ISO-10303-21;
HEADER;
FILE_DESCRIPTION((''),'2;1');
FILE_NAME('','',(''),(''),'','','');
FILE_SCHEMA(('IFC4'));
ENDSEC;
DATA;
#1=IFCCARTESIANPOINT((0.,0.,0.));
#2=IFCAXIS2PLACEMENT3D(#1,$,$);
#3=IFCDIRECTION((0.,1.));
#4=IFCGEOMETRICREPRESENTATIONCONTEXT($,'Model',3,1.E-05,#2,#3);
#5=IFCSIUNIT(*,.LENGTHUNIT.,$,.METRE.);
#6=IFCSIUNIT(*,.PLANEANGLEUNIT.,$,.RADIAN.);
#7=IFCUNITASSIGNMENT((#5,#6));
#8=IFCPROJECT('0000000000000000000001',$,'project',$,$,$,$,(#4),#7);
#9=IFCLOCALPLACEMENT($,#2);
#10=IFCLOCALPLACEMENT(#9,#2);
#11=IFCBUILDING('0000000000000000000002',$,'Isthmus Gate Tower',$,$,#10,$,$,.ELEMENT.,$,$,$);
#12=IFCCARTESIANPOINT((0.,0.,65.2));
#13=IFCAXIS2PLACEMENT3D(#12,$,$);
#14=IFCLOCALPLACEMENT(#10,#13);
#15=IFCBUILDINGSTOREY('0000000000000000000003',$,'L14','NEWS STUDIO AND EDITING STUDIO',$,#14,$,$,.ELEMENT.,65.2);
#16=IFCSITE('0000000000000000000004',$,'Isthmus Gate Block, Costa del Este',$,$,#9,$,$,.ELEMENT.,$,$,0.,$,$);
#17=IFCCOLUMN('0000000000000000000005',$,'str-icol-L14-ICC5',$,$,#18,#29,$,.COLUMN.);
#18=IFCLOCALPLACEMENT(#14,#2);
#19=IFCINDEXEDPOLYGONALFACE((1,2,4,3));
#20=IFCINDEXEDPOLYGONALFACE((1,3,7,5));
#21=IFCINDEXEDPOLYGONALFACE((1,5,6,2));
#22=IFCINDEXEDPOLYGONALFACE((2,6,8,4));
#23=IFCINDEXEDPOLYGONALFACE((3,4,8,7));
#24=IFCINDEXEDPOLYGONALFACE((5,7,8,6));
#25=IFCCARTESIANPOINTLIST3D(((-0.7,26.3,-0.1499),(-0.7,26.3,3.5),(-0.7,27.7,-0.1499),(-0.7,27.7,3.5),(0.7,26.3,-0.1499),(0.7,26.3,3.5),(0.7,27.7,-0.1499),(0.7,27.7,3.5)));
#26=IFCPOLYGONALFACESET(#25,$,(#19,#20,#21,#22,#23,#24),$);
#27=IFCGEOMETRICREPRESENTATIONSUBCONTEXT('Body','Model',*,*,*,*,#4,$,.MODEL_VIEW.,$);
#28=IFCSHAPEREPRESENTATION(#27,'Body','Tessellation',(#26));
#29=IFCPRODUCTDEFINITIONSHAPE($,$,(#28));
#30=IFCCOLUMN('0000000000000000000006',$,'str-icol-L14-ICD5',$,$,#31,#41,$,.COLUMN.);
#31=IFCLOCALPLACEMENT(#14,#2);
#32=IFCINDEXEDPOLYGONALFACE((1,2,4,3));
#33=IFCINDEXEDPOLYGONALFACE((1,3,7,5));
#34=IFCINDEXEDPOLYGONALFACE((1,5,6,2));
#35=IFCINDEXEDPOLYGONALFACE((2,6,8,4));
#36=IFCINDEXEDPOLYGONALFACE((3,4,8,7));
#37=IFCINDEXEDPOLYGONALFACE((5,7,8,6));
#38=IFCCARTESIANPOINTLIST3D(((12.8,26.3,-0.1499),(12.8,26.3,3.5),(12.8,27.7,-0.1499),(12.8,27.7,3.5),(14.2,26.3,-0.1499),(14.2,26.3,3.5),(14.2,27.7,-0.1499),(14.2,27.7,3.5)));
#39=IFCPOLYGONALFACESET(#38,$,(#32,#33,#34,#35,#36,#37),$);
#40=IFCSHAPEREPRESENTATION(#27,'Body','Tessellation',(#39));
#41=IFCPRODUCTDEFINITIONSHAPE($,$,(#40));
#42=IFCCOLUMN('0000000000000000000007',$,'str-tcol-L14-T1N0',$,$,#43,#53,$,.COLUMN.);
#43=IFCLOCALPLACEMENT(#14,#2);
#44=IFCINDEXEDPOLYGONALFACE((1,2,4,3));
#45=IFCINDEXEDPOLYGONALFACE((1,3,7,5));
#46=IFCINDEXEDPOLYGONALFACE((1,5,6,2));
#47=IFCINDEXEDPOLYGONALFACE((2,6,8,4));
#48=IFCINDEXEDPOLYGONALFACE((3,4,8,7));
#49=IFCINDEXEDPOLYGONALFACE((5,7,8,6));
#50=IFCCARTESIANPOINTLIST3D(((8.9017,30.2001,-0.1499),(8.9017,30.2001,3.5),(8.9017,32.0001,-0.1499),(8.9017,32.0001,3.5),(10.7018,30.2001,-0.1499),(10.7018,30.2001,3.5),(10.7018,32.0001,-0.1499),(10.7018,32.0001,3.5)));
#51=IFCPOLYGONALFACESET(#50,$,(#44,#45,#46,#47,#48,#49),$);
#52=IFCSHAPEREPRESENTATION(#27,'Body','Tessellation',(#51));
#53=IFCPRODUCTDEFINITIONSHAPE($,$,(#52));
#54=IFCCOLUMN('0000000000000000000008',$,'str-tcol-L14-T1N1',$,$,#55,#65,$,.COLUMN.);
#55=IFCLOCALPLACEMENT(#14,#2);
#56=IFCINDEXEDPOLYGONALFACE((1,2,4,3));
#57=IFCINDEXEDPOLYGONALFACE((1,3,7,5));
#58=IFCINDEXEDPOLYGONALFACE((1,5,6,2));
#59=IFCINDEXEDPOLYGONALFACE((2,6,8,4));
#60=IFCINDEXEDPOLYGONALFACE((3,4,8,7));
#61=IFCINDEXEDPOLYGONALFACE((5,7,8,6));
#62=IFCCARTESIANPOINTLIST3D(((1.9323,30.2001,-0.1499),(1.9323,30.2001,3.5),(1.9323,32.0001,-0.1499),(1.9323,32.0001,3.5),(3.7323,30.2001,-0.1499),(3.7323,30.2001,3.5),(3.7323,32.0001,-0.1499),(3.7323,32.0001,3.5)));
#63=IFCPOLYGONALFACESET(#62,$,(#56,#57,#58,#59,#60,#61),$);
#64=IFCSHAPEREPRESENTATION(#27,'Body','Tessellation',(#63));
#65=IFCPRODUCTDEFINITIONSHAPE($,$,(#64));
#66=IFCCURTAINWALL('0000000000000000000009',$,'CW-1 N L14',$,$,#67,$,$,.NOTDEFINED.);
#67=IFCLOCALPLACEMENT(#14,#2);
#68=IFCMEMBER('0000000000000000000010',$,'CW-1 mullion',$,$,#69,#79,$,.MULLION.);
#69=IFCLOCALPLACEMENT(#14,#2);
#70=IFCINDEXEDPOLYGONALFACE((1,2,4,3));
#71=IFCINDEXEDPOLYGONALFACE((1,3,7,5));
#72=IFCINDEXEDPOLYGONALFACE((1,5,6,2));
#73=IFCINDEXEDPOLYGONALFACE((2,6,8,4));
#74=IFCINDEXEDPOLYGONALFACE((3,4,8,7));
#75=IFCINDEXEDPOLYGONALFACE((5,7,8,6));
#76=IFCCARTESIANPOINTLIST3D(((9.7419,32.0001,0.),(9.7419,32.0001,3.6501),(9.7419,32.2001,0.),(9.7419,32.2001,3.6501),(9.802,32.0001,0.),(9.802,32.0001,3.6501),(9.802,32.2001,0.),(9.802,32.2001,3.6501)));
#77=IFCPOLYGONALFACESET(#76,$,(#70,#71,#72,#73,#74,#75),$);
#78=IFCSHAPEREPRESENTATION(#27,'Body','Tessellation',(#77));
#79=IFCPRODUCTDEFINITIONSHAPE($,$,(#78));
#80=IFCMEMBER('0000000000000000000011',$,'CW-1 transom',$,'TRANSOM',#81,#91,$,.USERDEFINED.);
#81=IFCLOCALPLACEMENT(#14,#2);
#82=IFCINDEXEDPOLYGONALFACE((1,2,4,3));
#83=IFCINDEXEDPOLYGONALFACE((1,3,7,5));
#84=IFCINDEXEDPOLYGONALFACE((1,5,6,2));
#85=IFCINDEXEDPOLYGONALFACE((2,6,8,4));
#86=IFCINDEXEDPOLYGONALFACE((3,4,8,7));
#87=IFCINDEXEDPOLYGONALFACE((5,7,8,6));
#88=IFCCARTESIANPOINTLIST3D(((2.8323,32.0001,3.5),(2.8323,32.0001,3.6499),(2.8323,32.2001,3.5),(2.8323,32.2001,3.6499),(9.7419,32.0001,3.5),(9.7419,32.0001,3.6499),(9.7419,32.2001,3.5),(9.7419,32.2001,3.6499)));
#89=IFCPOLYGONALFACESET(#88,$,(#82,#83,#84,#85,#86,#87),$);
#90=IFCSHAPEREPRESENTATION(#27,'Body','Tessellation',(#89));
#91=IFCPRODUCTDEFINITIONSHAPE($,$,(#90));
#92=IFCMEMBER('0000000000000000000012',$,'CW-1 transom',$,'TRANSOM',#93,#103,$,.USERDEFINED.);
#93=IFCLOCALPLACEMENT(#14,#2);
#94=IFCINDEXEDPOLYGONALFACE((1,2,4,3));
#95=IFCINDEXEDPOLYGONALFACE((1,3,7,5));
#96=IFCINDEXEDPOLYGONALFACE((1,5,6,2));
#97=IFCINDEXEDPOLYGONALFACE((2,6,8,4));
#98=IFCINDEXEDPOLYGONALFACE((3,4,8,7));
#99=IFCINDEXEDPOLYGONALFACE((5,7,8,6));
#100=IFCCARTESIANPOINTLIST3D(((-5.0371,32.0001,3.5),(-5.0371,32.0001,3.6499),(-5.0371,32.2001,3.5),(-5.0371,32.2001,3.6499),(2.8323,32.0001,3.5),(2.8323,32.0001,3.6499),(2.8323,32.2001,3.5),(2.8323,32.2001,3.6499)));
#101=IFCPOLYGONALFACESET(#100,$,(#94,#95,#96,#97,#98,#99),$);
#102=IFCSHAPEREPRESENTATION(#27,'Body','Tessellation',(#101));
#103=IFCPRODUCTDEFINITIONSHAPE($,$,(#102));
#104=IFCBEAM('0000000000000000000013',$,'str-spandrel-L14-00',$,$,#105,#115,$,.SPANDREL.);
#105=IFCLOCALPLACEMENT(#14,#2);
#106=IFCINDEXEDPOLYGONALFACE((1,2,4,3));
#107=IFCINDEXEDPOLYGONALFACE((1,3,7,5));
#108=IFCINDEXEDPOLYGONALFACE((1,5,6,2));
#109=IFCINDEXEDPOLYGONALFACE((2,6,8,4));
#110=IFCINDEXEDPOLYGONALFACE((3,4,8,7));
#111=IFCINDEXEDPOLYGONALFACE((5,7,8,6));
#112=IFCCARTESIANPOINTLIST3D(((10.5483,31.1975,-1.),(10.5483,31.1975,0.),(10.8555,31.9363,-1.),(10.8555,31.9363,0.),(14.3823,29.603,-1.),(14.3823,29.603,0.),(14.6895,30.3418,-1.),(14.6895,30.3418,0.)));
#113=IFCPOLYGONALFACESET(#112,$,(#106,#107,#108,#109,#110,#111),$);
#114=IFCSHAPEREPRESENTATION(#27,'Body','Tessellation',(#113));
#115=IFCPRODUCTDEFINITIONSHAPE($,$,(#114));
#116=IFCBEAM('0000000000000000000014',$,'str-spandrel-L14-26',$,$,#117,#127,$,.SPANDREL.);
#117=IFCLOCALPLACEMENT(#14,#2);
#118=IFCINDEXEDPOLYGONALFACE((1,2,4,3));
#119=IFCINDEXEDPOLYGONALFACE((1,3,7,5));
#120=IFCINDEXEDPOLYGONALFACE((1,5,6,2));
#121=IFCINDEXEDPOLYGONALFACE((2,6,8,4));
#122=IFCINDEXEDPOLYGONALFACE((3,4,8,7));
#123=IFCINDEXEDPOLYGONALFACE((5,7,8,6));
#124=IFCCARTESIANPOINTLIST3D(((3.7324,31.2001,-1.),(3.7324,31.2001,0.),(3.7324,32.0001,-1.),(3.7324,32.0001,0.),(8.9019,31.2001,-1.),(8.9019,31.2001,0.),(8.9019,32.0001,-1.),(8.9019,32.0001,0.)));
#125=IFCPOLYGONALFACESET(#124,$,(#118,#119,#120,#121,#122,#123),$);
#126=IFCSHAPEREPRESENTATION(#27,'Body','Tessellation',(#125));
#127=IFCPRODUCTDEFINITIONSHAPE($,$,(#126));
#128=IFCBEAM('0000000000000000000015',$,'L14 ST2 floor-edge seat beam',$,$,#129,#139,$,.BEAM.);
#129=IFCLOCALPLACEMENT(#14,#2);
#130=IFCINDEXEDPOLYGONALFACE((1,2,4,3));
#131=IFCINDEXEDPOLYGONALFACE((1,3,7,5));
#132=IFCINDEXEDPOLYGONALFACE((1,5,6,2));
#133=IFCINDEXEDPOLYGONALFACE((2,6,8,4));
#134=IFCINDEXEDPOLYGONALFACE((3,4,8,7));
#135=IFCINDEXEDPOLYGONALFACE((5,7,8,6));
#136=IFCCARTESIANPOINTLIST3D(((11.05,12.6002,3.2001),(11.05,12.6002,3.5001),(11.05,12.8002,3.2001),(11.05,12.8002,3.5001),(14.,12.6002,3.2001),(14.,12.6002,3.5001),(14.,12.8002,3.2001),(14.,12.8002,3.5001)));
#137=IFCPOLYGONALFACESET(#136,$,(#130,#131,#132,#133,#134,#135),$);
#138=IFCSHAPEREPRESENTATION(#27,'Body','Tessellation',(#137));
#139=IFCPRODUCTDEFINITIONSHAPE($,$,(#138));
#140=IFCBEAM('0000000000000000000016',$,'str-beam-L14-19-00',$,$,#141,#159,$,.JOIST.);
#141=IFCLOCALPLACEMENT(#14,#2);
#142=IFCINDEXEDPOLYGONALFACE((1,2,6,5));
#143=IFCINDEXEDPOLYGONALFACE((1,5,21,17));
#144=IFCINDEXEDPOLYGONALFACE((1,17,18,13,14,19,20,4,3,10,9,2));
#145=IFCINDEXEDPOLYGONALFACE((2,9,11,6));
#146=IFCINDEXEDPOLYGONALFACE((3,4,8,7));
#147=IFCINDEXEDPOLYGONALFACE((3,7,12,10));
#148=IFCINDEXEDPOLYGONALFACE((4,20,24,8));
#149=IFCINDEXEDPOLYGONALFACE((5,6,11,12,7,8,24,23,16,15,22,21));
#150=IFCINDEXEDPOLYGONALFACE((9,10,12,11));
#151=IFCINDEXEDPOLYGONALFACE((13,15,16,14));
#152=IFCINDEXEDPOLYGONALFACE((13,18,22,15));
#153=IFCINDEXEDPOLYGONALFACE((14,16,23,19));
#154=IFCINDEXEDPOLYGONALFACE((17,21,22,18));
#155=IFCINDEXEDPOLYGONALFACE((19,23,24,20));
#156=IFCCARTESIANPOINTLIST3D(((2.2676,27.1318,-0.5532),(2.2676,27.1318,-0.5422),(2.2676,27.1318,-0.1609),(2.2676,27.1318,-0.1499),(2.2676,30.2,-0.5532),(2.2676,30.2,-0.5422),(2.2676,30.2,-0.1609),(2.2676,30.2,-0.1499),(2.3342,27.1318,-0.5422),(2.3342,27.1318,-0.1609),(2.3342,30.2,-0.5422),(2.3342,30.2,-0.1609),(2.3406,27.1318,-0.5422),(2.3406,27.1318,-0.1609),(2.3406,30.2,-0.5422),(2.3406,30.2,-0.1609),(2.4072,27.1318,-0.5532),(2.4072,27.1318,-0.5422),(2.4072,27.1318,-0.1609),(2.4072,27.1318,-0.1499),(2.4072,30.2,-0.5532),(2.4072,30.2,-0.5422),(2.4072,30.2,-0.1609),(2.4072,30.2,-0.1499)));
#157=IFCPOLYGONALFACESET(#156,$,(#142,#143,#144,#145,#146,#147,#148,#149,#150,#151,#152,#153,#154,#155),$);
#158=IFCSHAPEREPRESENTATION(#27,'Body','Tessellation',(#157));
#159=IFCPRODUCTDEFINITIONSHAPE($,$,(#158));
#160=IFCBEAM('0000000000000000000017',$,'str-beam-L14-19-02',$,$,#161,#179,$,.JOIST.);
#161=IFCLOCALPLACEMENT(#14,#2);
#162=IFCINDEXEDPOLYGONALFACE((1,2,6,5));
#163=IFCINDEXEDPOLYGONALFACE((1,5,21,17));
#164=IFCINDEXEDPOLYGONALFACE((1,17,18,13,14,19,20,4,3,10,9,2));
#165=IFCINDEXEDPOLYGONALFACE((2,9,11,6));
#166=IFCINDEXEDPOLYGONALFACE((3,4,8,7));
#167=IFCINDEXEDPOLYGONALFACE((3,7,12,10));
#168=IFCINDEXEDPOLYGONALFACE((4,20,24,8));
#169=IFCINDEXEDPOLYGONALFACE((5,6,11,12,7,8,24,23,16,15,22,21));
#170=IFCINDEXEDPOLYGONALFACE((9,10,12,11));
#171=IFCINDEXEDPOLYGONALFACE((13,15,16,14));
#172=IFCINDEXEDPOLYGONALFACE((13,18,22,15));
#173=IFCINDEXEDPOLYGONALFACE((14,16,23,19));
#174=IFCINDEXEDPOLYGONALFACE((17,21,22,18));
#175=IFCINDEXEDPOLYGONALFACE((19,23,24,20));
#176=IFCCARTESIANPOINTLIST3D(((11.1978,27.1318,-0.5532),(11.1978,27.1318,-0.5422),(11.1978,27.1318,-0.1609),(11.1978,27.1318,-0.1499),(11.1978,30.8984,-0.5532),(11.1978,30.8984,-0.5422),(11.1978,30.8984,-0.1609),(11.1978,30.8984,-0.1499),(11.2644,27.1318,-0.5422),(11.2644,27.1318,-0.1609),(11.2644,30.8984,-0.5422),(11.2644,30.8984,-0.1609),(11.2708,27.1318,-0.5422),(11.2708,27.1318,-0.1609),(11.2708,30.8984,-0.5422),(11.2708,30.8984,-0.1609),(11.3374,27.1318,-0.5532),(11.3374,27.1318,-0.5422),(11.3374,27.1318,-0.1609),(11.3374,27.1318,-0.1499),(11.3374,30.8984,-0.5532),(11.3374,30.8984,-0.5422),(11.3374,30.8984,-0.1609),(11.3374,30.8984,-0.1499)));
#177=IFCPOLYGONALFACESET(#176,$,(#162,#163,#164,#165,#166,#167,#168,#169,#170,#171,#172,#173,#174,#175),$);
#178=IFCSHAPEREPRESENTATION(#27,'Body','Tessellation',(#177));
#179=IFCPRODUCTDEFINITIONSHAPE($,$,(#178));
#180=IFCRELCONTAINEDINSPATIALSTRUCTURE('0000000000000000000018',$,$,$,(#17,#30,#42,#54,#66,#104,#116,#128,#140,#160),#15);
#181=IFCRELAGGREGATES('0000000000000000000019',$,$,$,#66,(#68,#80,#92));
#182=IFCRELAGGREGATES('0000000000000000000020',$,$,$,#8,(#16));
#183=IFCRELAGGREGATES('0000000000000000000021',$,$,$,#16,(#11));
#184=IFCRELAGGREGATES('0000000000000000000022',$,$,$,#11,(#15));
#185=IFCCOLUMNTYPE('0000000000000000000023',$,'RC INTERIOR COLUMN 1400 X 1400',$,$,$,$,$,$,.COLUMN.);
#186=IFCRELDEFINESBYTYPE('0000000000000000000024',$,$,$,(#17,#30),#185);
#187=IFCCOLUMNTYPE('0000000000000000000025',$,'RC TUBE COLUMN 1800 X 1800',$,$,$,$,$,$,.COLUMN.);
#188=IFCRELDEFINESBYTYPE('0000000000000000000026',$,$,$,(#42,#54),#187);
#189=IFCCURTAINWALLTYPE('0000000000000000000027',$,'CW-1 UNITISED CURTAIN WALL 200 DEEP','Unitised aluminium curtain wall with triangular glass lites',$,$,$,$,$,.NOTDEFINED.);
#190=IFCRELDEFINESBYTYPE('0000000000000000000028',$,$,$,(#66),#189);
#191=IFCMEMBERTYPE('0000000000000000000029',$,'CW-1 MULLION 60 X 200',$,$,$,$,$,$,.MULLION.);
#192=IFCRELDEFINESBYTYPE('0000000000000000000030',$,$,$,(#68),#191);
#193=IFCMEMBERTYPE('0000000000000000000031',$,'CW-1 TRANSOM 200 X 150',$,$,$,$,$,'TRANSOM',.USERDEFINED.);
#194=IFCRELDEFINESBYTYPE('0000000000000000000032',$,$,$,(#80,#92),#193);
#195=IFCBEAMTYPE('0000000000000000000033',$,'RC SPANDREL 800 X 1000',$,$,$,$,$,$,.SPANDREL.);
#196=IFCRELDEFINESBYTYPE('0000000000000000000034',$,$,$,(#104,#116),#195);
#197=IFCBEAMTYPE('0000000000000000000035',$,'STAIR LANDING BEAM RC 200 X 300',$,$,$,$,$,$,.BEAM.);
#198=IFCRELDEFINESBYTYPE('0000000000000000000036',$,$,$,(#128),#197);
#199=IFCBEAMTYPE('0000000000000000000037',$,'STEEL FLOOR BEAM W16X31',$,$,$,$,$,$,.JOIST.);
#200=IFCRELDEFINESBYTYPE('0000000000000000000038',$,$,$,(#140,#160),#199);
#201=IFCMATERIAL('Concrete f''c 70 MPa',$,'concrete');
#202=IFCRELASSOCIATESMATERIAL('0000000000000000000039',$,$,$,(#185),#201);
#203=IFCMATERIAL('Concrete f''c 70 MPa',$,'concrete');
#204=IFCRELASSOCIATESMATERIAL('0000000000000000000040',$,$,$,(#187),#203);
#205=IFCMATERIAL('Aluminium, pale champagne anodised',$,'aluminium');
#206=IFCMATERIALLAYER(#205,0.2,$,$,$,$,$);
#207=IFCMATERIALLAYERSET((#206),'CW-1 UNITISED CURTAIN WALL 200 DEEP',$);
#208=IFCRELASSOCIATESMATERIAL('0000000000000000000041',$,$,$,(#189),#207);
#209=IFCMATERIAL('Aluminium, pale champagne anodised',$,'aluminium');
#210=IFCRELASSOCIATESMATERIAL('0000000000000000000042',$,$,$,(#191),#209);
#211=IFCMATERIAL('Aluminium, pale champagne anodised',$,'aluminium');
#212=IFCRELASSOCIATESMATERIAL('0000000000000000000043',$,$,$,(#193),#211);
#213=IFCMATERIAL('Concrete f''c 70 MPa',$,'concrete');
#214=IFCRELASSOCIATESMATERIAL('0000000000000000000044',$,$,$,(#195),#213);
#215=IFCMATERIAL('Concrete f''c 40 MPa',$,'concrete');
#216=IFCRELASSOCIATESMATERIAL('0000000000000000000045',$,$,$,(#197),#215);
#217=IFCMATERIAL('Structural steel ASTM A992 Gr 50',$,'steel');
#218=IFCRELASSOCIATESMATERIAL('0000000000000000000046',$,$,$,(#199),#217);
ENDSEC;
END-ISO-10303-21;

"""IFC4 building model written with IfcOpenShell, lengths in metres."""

from ifc_helpers import new_model, si_unit, direction, frame, origin, origin_2d, place, context, subcontext, project, spatial, rectangle, i_section, extrude, material, layer, layer_set, material_profile, profile_set, type_object, element, aggregate, save


model = new_model("IFC4")

# Units and contexts
model_context = context("Model", 3, precision=1e-05, world=origin(), true_north=direction((0.0, 1.0)))
body_context = subcontext(model_context, "Body", "Model", "MODEL_VIEW")
ifc_project = project(units=[si_unit("LENGTHUNIT", "METRE"), si_unit("PLANEANGLEUNIT", "RADIAN")], contexts=[model_context])

# Site, building, storey
site_placement = place(None, origin())
site = spatial("IfcSite", under=ifc_project, at=site_placement, Name="Isthmus Gate Block, Costa del Este", CompositionType="ELEMENT", RefElevation=0.0)
building_placement = place(site_placement, origin())
building = spatial("IfcBuilding", under=site, at=building_placement, Name="Isthmus Gate Tower", CompositionType="ELEMENT")
storey_placement = place(building_placement, frame((0.0, 0.0, 65.2)))
storey = spatial("IfcBuildingStorey", under=building, at=storey_placement, Name="L14", Description="NEWS STUDIO AND EDITING STUDIO", CompositionType="ELEMENT", Elevation=65.2)

# Columns
ifc_material_1 = material(Name="Concrete f'c 70 MPa", Category="concrete")
ifc_material_profile_1 = material_profile(ifc_material_1, rectangle(XDim=1.3999, YDim=1.3999, at=origin_2d()), Name="RC 1400X1400")
ifc_profile_set_1 = profile_set([ifc_material_profile_1], Name="Concrete f'c 70 MPa")
column_type_1 = type_object("IfcColumnType", Name="RC INTERIOR COLUMN 1400 X 1400", PredefinedType="COLUMN", material=ifc_profile_set_1)
for number, where, z_axis, x_axis, name in (
    (1, (0.0, 27.0, -0.1499), (0.0, 0.0, 1.0), (1.0, 0.0, 0.0), "str-icol-L14-ICC5"),
    (2, (13.5, 27.0, -0.1499), (0.0, 0.0, 1.0), (1.0, 0.0, 0.0), "str-icol-L14-ICD5"),
):
    element("IfcColumn", number, at=place(storey_placement, frame(where, z_axis=z_axis, x_axis=x_axis)), inside=storey, type_object=column_type_1, Name=name, PredefinedType="COLUMN", context=body_context, shape_type="SweptSolid", body=[
        extrude(rectangle(XDim=1.3999, YDim=1.3999, at=origin_2d()), origin(), (0.0, 0.0, 1.0), 3.6499),
    ])
ifc_material_2 = material(Name="Concrete f'c 70 MPa", Category="concrete")
ifc_material_profile_2 = material_profile(ifc_material_2, rectangle(XDim=1.8, YDim=1.8, at=origin_2d()), Name="RC 1800X1800")
ifc_profile_set_2 = profile_set([ifc_material_profile_2], Name="Concrete f'c 70 MPa")
column_type_2 = type_object("IfcColumnType", Name="RC TUBE COLUMN 1800 X 1800", PredefinedType="COLUMN", material=ifc_profile_set_2)
for number, where, z_axis, x_axis, name in (
    (3, (9.8018, 31.1001, -0.1499), (0.0, 0.0, 1.0), (-1.0, 0.0, 0.0), "str-tcol-L14-T1N0"),
    (4, (2.8323, 31.1001, -0.1499), (0.0, 0.0, 1.0), (-1.0, 0.0, 0.0), "str-tcol-L14-T1N1"),
):
    element("IfcColumn", number, at=place(storey_placement, frame(where, z_axis=z_axis, x_axis=x_axis)), inside=storey, type_object=column_type_2, Name=name, PredefinedType="COLUMN", context=body_context, shape_type="SweptSolid", body=[
        extrude(rectangle(XDim=1.8, YDim=1.8, at=origin_2d()), origin(), (0.0, 0.0, 1.0), 3.6499),
    ])

# Curtain wall, members
ifc_material_3 = material(Name="Aluminium, pale champagne anodised", Category="aluminium")
ifc_layer_1 = layer(ifc_material_3, 0.2)
ifc_layer_set_1 = layer_set([ifc_layer_1], Name="CW-1 UNITISED CURTAIN WALL 200 DEEP")
curtain_wall_type = type_object("IfcCurtainWallType", Name="CW-1 UNITISED CURTAIN WALL 200 DEEP", Description="Unitised aluminium curtain wall with triangular glass lites", PredefinedType="NOTDEFINED", material=ifc_layer_set_1)
curtain_wall_1_placement = place(storey_placement, origin())
curtain_wall_1 = element("IfcCurtainWall", 5, at=curtain_wall_1_placement, inside=storey, type_object=curtain_wall_type, Name="CW-1 N L14", PredefinedType="NOTDEFINED")
ifc_material_4 = material(Name="Aluminium, pale champagne anodised", Category="aluminium")
ifc_material_profile_3 = material_profile(ifc_material_4, rectangle(XDim=0.0601, YDim=0.2, at=origin_2d()), Name="60x200")
ifc_profile_set_3 = profile_set([ifc_material_profile_3], Name="Aluminium, pale champagne anodised")
member_type_1 = type_object("IfcMemberType", Name="CW-1 MULLION 60 X 200", PredefinedType="MULLION", material=ifc_profile_set_3)
member_1_placement = place(storey_placement, frame((9.772, 32.1001, 0.0), z_axis=(0.0, 0.0, 1.0), x_axis=(-1.0, 0.0, 0.0)))
member_1 = element("IfcMember", 6, at=member_1_placement, type_object=member_type_1, Name="CW-1 mullion", PredefinedType="MULLION", context=body_context, shape_type="SweptSolid", body=[
    extrude(rectangle(XDim=0.0601, YDim=0.2, at=origin_2d()), origin(), (0.0, 0.0, 1.0), 3.6501),
])
ifc_material_5 = material(Name="Aluminium, pale champagne anodised", Category="aluminium")
ifc_material_profile_4 = material_profile(ifc_material_5, rectangle(XDim=0.2, YDim=0.1499, at=origin_2d()), Name="200x150")
ifc_profile_set_4 = profile_set([ifc_material_profile_4], Name="Aluminium, pale champagne anodised")
member_type_2 = type_object("IfcMemberType", Name="CW-1 TRANSOM 200 X 150", ElementType="TRANSOM", PredefinedType="USERDEFINED", material=ifc_profile_set_4)
member_2_placement = place(storey_placement, frame((9.7419, 32.1001, 3.575), z_axis=(-1.0, 0.0, 0.0), x_axis=(0.0, -1.0, 0.0)))
member_2 = element("IfcMember", 7, at=member_2_placement, type_object=member_type_2, Name="CW-1 transom", ObjectType="TRANSOM", PredefinedType="USERDEFINED", context=body_context, shape_type="SweptSolid", body=[
    extrude(rectangle(XDim=0.2, YDim=0.1499, at=origin_2d()), origin(), (0.0, 0.0, 1.0), 6.9097),
])
member_3_placement = place(storey_placement, frame((2.8323, 32.1001, 3.575), z_axis=(-1.0, 0.0, 0.0), x_axis=(0.0, -1.0, 0.0)))
member_3 = element("IfcMember", 8, at=member_3_placement, type_object=member_type_2, Name="CW-1 transom", ObjectType="TRANSOM", PredefinedType="USERDEFINED", context=body_context, shape_type="SweptSolid", body=[
    extrude(rectangle(XDim=0.2, YDim=0.1499, at=origin_2d()), origin(), (0.0, 0.0, 1.0), 7.8694),
])

# Beams
ifc_material_6 = material(Name="Concrete f'c 70 MPa", Category="concrete")
ifc_material_profile_5 = material_profile(ifc_material_6, rectangle(XDim=0.8, YDim=1.0, at=origin_2d()), Name="RC 800X1000")
ifc_profile_set_5 = profile_set([ifc_material_profile_5], Name="Concrete f'c 70 MPa")
beam_type_1 = type_object("IfcBeamType", Name="RC SPANDREL 800 X 1000", PredefinedType="SPANDREL", material=ifc_profile_set_5)
beam_1_placement = place(storey_placement, frame((10.7019, 31.5669, -0.5), z_axis=(0.923334, -0.383997, 0.0), x_axis=(0.383997, 0.923334, 0.0)))
element("IfcBeam", 9, at=beam_1_placement, inside=storey, type_object=beam_type_1, Name="str-spandrel-L14-00", PredefinedType="SPANDREL", context=body_context, shape_type="SweptSolid", body=[
    extrude(rectangle(XDim=0.8, YDim=1.0, at=origin_2d()), origin(), (0.0, 0.0, 1.0), 4.1523),
])
beam_2_placement = place(storey_placement, frame((3.7324, 31.6001, -0.5), z_axis=(1.0, 0.0, 0.0), x_axis=(0.0, 1.0, 0.0)))
element("IfcBeam", 10, at=beam_2_placement, inside=storey, type_object=beam_type_1, Name="str-spandrel-L14-26", PredefinedType="SPANDREL", context=body_context, shape_type="SweptSolid", body=[
    extrude(rectangle(XDim=0.8, YDim=1.0, at=origin_2d()), origin(), (0.0, 0.0, 1.0), 5.1694),
])
ifc_material_7 = material(Name="Concrete f'c 40 MPa", Category="concrete")
ifc_material_profile_6 = material_profile(ifc_material_7, rectangle(XDim=0.2, YDim=0.3, at=origin_2d()), Name="STAIR LANDING BEAM RC 200 X 300")
ifc_profile_set_6 = profile_set([ifc_material_profile_6], Name="Concrete f'c 40 MPa")
beam_type_2 = type_object("IfcBeamType", Name="STAIR LANDING BEAM RC 200 X 300", PredefinedType="BEAM", material=ifc_profile_set_6)
beam_3_placement = place(storey_placement, frame((11.05, 12.7002, 3.3501), z_axis=(1.0, 0.0, 0.0), x_axis=(0.0, 1.0, 0.0)))
element("IfcBeam", 11, at=beam_3_placement, inside=storey, type_object=beam_type_2, Name="L14 ST2 floor-edge seat beam", PredefinedType="BEAM", context=body_context, shape_type="SweptSolid", body=[
    extrude(rectangle(XDim=0.2, YDim=0.3, at=origin_2d()), origin(), (0.0, 0.0, 1.0), 2.95),
])
ifc_material_8 = material(Name="Structural steel ASTM A992 Gr 50", Category="steel")
ifc_material_profile_7 = material_profile(ifc_material_8, i_section(OverallWidth=0.1396, OverallDepth=0.4033, WebThickness=0.0063, FlangeThickness=0.011, at=origin_2d()), Name="W16X31")
ifc_profile_set_7 = profile_set([ifc_material_profile_7], Name="Structural steel ASTM A992 Gr 50")
beam_type_3 = type_object("IfcBeamType", Name="STEEL FLOOR BEAM W16X31", PredefinedType="JOIST", material=ifc_profile_set_7)
beam_4_placement = place(storey_placement, frame((2.3374, 27.1318, -0.3516), z_axis=(0.0, 1.0, 0.0), x_axis=(-1.0, 0.0, 0.0)))
element("IfcBeam", 12, at=beam_4_placement, inside=storey, type_object=beam_type_3, Name="str-beam-L14-19-00", PredefinedType="JOIST", context=body_context, shape_type="SweptSolid", body=[
    extrude(i_section(OverallWidth=0.1396, OverallDepth=0.4033, WebThickness=0.0063, FlangeThickness=0.011, at=origin_2d()), origin(), (0.0, 0.0, 1.0), 3.0681),
])
beam_5_placement = place(storey_placement, frame((11.2676, 27.1318, -0.3516), z_axis=(0.0, 1.0, 0.0), x_axis=(-1.0, 0.0, 0.0)))
element("IfcBeam", 13, at=beam_5_placement, inside=storey, type_object=beam_type_3, Name="str-beam-L14-19-02", PredefinedType="JOIST", context=body_context, shape_type="SweptSolid", body=[
    extrude(i_section(OverallWidth=0.1396, OverallDepth=0.4033, WebThickness=0.0063, FlangeThickness=0.011, at=origin_2d()), origin(), (0.0, 0.0, 1.0), 3.7666),
])

aggregate(curtain_wall_1, [member_1, member_2, member_3])

save(model, "model.ifc")
